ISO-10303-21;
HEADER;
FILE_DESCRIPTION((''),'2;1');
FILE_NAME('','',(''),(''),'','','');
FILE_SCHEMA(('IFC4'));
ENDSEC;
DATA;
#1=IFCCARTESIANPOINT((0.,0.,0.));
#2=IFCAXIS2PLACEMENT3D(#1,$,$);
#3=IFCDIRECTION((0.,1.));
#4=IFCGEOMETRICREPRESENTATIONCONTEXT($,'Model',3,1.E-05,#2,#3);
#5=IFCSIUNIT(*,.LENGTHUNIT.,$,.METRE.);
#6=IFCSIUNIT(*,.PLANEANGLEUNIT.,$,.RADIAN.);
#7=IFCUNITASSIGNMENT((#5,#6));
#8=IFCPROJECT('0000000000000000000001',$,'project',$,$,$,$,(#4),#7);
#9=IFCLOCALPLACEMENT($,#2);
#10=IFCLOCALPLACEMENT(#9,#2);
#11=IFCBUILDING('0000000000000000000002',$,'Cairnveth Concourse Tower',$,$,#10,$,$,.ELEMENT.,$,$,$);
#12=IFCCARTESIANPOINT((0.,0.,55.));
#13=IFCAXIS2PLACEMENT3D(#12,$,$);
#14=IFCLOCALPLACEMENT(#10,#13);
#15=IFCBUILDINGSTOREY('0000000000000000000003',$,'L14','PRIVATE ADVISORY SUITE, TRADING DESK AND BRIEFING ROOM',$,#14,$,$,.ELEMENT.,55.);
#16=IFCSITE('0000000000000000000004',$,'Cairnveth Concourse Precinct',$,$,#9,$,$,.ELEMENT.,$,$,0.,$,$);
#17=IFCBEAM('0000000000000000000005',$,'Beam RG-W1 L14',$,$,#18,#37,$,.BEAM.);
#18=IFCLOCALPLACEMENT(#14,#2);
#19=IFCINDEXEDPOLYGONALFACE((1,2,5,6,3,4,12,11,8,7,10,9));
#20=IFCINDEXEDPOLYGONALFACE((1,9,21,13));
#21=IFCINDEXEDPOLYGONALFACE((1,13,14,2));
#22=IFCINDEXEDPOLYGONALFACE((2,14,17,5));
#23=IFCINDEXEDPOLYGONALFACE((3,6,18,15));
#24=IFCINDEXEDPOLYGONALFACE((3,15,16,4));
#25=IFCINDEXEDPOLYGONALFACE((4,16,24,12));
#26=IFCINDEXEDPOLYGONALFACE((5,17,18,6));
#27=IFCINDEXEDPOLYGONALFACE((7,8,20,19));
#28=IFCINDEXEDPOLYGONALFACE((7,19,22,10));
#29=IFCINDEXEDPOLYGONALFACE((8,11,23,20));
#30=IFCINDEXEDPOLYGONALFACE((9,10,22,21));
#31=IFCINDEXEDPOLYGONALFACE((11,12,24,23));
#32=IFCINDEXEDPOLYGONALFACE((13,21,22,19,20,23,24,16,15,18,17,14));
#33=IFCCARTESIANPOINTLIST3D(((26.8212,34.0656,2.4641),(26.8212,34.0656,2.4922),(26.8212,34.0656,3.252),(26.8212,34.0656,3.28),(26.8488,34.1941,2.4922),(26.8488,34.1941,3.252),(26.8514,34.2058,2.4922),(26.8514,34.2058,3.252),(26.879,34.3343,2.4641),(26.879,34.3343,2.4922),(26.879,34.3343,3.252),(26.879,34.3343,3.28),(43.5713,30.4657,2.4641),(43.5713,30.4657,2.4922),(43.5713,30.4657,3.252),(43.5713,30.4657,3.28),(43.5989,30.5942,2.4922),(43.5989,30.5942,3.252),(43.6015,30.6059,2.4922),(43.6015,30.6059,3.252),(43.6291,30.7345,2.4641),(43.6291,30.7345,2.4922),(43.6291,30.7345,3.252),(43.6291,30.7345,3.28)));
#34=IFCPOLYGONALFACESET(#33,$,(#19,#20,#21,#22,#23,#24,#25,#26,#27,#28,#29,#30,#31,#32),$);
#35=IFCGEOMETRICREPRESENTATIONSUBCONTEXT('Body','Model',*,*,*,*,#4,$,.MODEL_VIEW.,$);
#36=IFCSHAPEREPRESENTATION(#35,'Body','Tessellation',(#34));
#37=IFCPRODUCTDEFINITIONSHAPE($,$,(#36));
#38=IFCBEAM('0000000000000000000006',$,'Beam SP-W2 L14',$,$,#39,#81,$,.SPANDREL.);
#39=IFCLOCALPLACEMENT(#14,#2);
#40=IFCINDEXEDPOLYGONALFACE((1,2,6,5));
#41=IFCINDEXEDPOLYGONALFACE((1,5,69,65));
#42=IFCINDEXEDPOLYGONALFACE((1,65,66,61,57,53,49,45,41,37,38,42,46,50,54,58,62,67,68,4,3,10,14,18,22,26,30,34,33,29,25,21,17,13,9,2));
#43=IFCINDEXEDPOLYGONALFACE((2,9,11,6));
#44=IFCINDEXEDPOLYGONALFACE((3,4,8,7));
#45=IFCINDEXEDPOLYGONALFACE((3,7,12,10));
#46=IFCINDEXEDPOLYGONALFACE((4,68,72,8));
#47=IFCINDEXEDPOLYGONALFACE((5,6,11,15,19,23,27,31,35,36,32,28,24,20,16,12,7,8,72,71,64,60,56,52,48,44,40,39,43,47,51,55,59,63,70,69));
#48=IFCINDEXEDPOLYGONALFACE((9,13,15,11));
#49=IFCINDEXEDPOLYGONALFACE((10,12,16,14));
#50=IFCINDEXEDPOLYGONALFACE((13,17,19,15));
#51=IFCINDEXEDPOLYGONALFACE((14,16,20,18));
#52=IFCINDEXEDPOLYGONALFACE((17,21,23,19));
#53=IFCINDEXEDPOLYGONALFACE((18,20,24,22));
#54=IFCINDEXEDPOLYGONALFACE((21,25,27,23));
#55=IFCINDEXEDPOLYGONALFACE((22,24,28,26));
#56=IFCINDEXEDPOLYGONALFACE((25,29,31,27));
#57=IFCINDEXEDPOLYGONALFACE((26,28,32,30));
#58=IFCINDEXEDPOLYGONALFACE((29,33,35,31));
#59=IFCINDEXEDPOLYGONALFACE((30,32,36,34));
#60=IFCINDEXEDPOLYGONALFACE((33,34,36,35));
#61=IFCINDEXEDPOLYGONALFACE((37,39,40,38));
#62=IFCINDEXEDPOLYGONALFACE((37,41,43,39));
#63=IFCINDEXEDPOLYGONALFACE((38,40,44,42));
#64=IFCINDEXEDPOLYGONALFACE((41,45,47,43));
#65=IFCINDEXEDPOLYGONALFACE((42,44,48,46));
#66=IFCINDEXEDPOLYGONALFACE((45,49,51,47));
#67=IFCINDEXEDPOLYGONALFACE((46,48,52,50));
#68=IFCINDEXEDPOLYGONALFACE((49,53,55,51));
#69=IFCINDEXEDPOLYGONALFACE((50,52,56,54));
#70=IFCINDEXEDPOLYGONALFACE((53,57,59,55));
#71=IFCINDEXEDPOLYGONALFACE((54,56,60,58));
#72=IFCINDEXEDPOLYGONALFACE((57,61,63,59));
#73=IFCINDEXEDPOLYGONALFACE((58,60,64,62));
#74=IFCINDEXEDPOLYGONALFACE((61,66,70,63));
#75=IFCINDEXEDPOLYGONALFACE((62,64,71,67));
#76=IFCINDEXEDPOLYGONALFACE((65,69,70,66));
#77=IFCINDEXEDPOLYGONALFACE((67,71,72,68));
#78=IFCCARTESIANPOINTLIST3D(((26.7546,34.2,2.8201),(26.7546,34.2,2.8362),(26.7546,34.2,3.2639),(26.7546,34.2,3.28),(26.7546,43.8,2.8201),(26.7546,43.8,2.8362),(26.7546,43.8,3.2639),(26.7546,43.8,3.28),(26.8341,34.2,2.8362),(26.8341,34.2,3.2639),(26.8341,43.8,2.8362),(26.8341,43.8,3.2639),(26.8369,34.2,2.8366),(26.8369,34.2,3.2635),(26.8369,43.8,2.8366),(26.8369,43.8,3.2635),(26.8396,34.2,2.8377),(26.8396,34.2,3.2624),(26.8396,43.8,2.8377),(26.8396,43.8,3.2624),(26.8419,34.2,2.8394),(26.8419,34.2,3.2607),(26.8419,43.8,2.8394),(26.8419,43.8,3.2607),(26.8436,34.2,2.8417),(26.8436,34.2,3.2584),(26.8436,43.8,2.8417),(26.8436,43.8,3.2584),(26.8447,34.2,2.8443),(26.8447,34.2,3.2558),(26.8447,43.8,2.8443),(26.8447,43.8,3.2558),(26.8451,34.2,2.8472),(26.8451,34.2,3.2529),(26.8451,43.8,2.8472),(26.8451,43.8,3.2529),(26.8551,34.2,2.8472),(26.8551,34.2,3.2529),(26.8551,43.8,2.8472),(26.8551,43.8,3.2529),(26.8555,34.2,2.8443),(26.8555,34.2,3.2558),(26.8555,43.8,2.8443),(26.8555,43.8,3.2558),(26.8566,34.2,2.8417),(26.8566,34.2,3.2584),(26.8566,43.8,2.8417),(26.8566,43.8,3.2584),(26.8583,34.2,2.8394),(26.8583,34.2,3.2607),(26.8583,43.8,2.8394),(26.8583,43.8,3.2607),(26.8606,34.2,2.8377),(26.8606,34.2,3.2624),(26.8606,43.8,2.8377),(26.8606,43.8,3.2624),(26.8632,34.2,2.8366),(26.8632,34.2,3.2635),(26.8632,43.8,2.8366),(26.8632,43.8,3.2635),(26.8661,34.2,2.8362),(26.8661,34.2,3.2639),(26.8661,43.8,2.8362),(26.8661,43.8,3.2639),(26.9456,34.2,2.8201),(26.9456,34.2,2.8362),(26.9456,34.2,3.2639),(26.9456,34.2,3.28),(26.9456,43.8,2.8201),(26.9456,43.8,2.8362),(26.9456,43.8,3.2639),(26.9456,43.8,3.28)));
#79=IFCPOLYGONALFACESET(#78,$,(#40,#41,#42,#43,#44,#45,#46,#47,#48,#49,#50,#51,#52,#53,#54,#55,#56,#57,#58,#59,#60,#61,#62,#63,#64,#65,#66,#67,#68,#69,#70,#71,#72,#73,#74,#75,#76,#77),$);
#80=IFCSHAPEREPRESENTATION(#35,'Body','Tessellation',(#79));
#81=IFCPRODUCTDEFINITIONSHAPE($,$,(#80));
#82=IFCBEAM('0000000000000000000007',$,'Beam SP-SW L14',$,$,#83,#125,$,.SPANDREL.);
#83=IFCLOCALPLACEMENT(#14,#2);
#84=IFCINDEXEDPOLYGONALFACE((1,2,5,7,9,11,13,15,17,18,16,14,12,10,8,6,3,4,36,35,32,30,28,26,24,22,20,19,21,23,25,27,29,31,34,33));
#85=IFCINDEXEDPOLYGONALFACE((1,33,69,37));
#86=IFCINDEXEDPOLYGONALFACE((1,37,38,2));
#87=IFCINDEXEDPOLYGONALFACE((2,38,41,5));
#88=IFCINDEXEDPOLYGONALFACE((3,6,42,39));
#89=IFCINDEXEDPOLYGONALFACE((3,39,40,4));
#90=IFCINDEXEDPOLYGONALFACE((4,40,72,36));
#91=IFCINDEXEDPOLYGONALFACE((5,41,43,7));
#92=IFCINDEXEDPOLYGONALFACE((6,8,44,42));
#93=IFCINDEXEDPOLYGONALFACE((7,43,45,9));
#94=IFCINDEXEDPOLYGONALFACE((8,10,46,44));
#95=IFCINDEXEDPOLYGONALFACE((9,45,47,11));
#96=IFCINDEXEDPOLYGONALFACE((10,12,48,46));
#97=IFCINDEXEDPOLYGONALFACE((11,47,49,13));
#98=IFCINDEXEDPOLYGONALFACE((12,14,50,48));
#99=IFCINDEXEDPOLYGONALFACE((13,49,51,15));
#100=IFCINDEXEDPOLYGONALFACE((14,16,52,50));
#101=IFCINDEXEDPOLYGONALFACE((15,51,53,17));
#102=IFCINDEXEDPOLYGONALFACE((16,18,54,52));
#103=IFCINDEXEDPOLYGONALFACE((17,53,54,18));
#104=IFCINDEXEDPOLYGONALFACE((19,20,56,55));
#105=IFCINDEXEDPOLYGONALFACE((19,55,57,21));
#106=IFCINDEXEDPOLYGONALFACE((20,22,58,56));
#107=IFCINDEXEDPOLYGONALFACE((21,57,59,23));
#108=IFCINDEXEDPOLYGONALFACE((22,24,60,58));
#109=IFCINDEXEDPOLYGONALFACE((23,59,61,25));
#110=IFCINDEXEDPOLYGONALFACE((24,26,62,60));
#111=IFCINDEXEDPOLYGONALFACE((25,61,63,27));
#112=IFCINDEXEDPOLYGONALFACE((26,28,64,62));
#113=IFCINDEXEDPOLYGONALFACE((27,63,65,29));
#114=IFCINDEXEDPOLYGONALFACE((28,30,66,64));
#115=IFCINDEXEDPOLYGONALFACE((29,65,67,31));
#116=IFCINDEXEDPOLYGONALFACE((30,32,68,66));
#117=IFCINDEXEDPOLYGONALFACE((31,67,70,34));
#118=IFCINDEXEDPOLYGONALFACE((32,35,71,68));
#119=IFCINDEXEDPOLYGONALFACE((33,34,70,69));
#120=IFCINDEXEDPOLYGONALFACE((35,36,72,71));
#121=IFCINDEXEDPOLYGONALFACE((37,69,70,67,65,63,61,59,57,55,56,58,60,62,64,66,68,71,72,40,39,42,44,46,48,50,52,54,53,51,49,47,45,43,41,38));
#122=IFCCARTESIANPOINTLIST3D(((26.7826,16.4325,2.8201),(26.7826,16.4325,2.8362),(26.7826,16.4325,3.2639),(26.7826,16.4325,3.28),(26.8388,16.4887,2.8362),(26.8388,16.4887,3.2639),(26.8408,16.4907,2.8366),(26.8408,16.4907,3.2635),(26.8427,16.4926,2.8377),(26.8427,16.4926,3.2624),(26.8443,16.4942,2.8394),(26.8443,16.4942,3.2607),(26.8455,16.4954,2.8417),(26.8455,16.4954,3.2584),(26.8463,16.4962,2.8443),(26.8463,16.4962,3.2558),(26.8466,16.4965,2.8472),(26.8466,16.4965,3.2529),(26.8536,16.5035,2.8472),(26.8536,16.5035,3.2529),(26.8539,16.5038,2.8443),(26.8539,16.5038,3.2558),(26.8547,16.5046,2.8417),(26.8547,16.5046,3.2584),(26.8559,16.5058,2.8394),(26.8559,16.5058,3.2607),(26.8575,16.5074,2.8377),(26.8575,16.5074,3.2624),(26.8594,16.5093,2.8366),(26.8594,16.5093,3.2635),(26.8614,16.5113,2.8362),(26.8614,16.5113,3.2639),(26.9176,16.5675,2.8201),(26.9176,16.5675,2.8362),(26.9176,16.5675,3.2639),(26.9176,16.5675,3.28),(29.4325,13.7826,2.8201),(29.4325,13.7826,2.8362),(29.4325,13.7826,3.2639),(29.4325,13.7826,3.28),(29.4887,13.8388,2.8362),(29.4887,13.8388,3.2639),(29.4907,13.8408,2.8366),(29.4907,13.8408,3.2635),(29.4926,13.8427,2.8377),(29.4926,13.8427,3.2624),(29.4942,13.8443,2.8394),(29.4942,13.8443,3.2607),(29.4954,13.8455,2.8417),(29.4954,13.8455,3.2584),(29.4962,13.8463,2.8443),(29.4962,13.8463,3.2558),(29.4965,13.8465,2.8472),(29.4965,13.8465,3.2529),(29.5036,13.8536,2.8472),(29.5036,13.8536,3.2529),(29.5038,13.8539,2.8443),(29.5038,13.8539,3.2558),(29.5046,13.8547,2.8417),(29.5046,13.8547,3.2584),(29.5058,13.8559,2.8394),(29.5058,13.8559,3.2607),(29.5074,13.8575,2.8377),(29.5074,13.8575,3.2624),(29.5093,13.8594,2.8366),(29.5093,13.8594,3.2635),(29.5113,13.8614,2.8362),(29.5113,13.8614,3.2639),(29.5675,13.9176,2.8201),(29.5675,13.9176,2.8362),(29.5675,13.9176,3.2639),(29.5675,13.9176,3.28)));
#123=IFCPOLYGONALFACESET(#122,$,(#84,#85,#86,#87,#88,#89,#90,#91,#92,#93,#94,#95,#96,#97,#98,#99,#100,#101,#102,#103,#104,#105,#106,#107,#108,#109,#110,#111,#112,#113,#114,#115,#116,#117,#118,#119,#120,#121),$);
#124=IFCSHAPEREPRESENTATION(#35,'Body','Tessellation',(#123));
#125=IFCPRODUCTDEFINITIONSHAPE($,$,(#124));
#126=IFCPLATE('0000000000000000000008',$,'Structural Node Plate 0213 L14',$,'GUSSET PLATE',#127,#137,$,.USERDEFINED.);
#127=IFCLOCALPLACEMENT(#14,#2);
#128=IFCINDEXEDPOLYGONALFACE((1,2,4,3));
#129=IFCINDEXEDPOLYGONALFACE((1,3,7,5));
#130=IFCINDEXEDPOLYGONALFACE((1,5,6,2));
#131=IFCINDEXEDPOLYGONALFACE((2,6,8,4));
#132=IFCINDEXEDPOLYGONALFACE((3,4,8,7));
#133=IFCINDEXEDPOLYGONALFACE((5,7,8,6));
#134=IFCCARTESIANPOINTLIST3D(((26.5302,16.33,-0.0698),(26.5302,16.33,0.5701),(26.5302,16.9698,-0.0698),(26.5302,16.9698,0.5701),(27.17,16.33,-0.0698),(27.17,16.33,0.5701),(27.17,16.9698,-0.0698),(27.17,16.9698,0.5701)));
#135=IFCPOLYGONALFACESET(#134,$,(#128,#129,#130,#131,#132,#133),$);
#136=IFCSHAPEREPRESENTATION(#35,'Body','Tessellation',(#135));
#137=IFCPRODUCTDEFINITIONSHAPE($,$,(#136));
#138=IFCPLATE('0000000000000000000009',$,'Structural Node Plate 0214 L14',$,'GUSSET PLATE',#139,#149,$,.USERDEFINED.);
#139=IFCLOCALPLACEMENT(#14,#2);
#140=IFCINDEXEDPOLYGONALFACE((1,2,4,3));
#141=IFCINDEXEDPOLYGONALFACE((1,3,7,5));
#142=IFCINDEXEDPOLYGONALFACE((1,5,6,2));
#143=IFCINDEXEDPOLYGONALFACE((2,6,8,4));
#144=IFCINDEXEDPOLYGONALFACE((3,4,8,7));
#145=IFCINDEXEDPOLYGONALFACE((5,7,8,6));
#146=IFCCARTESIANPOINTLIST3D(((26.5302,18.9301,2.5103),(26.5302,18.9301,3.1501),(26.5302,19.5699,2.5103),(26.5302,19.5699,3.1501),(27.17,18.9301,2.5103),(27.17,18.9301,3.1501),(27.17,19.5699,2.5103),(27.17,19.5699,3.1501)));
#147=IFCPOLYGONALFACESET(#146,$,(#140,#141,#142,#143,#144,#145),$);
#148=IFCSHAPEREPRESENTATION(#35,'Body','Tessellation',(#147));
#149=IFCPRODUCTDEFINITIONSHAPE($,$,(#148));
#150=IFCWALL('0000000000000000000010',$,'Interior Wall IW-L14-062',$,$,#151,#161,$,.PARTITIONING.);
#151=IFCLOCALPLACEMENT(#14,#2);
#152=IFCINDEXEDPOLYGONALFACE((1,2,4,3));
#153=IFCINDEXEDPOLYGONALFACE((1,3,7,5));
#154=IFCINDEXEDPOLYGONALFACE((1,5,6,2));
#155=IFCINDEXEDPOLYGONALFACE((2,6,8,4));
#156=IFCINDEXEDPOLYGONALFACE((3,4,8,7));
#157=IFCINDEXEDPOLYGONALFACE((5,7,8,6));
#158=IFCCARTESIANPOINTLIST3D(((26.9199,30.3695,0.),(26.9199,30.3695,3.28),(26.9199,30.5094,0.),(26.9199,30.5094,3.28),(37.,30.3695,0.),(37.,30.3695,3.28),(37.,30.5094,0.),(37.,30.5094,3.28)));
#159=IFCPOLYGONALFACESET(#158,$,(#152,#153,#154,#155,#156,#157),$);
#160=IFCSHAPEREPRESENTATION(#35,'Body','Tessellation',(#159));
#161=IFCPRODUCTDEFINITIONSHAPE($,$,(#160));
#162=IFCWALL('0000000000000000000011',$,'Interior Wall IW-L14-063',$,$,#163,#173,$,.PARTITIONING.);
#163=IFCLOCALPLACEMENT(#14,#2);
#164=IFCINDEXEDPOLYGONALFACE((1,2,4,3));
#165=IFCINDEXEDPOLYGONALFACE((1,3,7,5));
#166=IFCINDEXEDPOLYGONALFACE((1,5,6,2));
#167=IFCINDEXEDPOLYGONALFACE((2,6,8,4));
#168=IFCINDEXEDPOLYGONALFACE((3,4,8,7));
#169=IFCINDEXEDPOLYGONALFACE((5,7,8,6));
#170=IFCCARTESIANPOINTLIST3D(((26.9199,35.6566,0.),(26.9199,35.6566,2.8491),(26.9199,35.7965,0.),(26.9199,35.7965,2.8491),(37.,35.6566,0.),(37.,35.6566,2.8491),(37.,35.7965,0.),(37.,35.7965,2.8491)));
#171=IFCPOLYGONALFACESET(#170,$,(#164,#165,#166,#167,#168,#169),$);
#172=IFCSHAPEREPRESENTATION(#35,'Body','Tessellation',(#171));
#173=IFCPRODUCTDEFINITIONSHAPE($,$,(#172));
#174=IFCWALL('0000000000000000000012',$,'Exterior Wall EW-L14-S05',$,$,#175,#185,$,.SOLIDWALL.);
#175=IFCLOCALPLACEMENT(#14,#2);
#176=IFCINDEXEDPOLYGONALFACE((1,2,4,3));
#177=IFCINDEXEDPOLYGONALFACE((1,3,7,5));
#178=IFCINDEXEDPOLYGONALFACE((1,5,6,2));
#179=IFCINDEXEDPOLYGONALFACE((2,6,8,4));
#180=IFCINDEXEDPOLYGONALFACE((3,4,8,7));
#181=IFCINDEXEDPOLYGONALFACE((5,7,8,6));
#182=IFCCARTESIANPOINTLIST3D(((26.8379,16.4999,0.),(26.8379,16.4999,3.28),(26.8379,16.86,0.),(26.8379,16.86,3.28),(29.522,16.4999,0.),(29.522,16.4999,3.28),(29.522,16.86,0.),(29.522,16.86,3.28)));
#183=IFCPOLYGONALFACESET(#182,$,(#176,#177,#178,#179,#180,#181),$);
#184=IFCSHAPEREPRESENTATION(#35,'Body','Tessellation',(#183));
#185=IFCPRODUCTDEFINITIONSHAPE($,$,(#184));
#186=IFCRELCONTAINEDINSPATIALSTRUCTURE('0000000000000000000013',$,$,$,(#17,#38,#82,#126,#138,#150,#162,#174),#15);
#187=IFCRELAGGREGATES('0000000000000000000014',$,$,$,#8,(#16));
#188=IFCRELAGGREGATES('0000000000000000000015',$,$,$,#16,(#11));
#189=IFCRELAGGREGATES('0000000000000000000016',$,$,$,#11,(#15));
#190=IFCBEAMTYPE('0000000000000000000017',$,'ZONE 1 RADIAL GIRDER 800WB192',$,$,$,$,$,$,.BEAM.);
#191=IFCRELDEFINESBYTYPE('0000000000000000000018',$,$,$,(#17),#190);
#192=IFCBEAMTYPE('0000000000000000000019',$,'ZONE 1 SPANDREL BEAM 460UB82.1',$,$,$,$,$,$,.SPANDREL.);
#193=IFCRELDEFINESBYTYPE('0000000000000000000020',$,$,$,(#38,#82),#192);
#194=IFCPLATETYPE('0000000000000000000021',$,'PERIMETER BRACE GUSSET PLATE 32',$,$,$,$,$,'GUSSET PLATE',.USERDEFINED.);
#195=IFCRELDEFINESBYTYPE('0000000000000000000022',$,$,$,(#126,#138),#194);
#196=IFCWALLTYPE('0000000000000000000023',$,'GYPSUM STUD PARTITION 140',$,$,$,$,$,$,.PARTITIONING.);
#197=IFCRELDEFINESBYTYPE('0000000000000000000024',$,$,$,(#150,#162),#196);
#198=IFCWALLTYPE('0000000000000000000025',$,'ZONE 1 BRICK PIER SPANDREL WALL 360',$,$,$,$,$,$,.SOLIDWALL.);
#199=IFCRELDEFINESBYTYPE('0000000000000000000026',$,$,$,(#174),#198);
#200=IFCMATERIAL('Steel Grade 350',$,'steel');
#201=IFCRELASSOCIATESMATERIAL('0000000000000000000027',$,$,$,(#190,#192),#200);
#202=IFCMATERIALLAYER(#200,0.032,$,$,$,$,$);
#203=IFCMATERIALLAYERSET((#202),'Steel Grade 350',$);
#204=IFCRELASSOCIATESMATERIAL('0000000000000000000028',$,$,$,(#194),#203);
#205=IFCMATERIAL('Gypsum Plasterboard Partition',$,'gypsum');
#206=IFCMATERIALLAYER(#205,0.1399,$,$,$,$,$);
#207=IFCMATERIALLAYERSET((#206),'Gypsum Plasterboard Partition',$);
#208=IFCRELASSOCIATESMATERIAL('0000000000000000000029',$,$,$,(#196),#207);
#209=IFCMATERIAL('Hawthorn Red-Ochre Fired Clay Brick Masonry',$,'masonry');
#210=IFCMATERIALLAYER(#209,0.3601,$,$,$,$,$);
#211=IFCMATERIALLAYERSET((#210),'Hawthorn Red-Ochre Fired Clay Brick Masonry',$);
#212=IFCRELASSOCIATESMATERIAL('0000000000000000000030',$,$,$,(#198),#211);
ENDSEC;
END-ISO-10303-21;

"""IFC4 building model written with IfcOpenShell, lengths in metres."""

from ifc_helpers import new_model, si_unit, direction, frame, frame_2d, origin, origin_2d, place, context, subcontext, project, spatial, rectangle, i_section, extrude, material, layer, layer_set, material_profile, profile_set, type_object, element, save


model = new_model("IFC4")

# Units and contexts
model_context = context("Model", 3, precision=1e-05, world=origin(), true_north=direction((0.0, 1.0)))
body_context = subcontext(model_context, "Body", "Model", "MODEL_VIEW")
ifc_project = project(units=[si_unit("LENGTHUNIT", "METRE"), si_unit("PLANEANGLEUNIT", "RADIAN")], contexts=[model_context])

# Site, building, storey
site_placement = place(None, origin())
site = spatial("IfcSite", under=ifc_project, at=site_placement, Name="Cairnveth Concourse Precinct", CompositionType="ELEMENT", RefElevation=0.0)
building_placement = place(site_placement, origin())
building = spatial("IfcBuilding", under=site, at=building_placement, Name="Cairnveth Concourse Tower", CompositionType="ELEMENT")
storey_placement = place(building_placement, frame((0.0, 0.0, 55.0)))
storey = spatial("IfcBuildingStorey", under=building, at=storey_placement, Name="L14", Description="PRIVATE ADVISORY SUITE, TRADING DESK AND BRIEFING ROOM", CompositionType="ELEMENT", Elevation=55.0)

# Shared definitions
ifc_material_1 = material(Name="Steel Grade 350", Category="steel")

# Beams
ifc_material_profile_1 = material_profile(ifc_material_1, i_section(OverallWidth=0.2749, OverallDepth=0.8159, WebThickness=0.012, FlangeThickness=0.0281, at=origin_2d()), Name="800WB192")
ifc_profile_set_1 = profile_set([ifc_material_profile_1], Name="Steel Grade 350")
beam_type_1 = type_object("IfcBeamType", Name="ZONE 1 RADIAL GIRDER 800WB192", PredefinedType="BEAM", material=ifc_profile_set_1)
beam_1_placement = place(storey_placement, frame((26.8501, 34.2, 2.8721), z_axis=(0.977676, -0.210119, 0.0), x_axis=(0.210119, 0.977676, 0.0)))
element("IfcBeam", 1, at=beam_1_placement, inside=storey, type_object=beam_type_1, Name="Beam RG-W1 L14", PredefinedType="BEAM", context=body_context, shape_type="SweptSolid", body=[
    extrude(i_section(OverallWidth=0.2749, OverallDepth=0.8159, WebThickness=0.012, FlangeThickness=0.0281, at=origin_2d()), origin(), (0.0, 0.0, 1.0), 17.1326),
])
ifc_material_profile_2 = material_profile(ifc_material_1, i_section(OverallWidth=0.1909, OverallDepth=0.46, WebThickness=0.01, FlangeThickness=0.0161, FilletRadius=0.011, at=origin_2d()), Name="460UB82.1")
ifc_profile_set_2 = profile_set([ifc_material_profile_2], Name="Steel Grade 350")
beam_type_2 = type_object("IfcBeamType", Name="ZONE 1 SPANDREL BEAM 460UB82.1", PredefinedType="SPANDREL", material=ifc_profile_set_2)
beam_2_placement = place(storey_placement, frame((26.8501, 34.2, 3.05), z_axis=(0.0, 1.0, 0.0), x_axis=(-1.0, 0.0, 0.0)))
element("IfcBeam", 2, at=beam_2_placement, inside=storey, type_object=beam_type_2, Name="Beam SP-W2 L14", PredefinedType="SPANDREL", context=body_context, shape_type="SweptSolid", body=[
    extrude(i_section(OverallWidth=0.1909, OverallDepth=0.46, WebThickness=0.01, FlangeThickness=0.0161, FilletRadius=0.011, at=origin_2d()), origin(), (0.0, 0.0, 1.0), 9.6001),
])
beam_3_placement = place(storey_placement, frame((26.8501, 16.5, 3.05), z_axis=(0.707107, -0.707107, 0.0), x_axis=(0.707107, 0.707107, 0.0)))
element("IfcBeam", 3, at=beam_3_placement, inside=storey, type_object=beam_type_2, Name="Beam SP-SW L14", PredefinedType="SPANDREL", context=body_context, shape_type="SweptSolid", body=[
    extrude(i_section(OverallWidth=0.1909, OverallDepth=0.46, WebThickness=0.01, FlangeThickness=0.0161, FilletRadius=0.011, at=origin_2d()), origin(), (0.0, 0.0, 1.0), 3.7476),
])

# Plates
ifc_layer_1 = layer(ifc_material_1, 0.032)
ifc_layer_set_1 = layer_set([ifc_layer_1], Name="Steel Grade 350")
plate_type = type_object("IfcPlateType", Name="PERIMETER BRACE GUSSET PLATE 32", ElementType="GUSSET PLATE", PredefinedType="USERDEFINED", material=ifc_layer_set_1)
for number, where, z_axis, x_axis, name in (
    (4, (26.8501, 16.6499, -0.0698), (0.0, 0.0, 1.0), (1.0, 0.0, 0.0), "Structural Node Plate 0213 L14"),
    (5, (26.8501, 19.25, 2.5103), (0.0, 0.0, 1.0), (1.0, 0.0, 0.0), "Structural Node Plate 0214 L14"),
):
    element("IfcPlate", number, at=place(storey_placement, frame(where, z_axis=z_axis, x_axis=x_axis)), inside=storey, type_object=plate_type, Name=name, ObjectType="GUSSET PLATE", PredefinedType="USERDEFINED", context=body_context, shape_type="SweptSolid", body=[
        extrude(rectangle(XDim=0.6399, YDim=0.6399, at=origin_2d()), origin(), (0.0, 0.0, 1.0), 0.6399),
    ])

# Walls
ifc_material_2 = material(Name="Gypsum Plasterboard Partition", Category="gypsum")
ifc_layer_2 = layer(ifc_material_2, 0.1399)
ifc_layer_set_2 = layer_set([ifc_layer_2], Name="Gypsum Plasterboard Partition")
wall_type_1 = type_object("IfcWallType", Name="GYPSUM STUD PARTITION 140", PredefinedType="PARTITIONING", material=ifc_layer_set_2)
wall_1_placement = place(storey_placement, frame((26.9199, 30.4395, 0.0), z_axis=(0.0, 0.0, 1.0), x_axis=(1.0, 0.0, 0.0)))
element("IfcWall", 6, at=wall_1_placement, inside=storey, type_object=wall_type_1, Name="Interior Wall IW-L14-062", PredefinedType="PARTITIONING", context=body_context, shape_type="SweptSolid", body=[
    extrude(rectangle(XDim=10.0801, YDim=0.1399, at=frame_2d((5.04, 0.0))), origin(), (0.0, 0.0, 1.0), 3.28),
])
wall_2_placement = place(storey_placement, frame((26.9199, 35.7266, 0.0), z_axis=(0.0, 0.0, 1.0), x_axis=(1.0, 0.0, 0.0)))
element("IfcWall", 7, at=wall_2_placement, inside=storey, type_object=wall_type_1, Name="Interior Wall IW-L14-063", PredefinedType="PARTITIONING", context=body_context, shape_type="SweptSolid", body=[
    extrude(rectangle(XDim=10.0801, YDim=0.1399, at=frame_2d((5.04, 0.0))), origin(), (0.0, 0.0, 1.0), 2.8491),
])
ifc_material_3 = material(Name="Hawthorn Red-Ochre Fired Clay Brick Masonry", Category="masonry")
ifc_layer_3 = layer(ifc_material_3, 0.3601)
ifc_layer_set_3 = layer_set([ifc_layer_3], Name="Hawthorn Red-Ochre Fired Clay Brick Masonry")
wall_type_2 = type_object("IfcWallType", Name="ZONE 1 BRICK PIER SPANDREL WALL 360", PredefinedType="SOLIDWALL", material=ifc_layer_set_3)
wall_3_placement = place(storey_placement, frame((29.522, 16.6799, 0.0), z_axis=(0.0, 0.0, 1.0), x_axis=(-1.0, 0.0, 0.0)))
element("IfcWall", 8, at=wall_3_placement, inside=storey, type_object=wall_type_2, Name="Exterior Wall EW-L14-S05", PredefinedType="SOLIDWALL", context=body_context, shape_type="SweptSolid", body=[
    extrude(rectangle(XDim=2.6841, YDim=0.3601, at=frame_2d((1.342, 0.0))), origin(), (0.0, 0.0, 1.0), 3.28),
])

save(model, "model.ifc")
